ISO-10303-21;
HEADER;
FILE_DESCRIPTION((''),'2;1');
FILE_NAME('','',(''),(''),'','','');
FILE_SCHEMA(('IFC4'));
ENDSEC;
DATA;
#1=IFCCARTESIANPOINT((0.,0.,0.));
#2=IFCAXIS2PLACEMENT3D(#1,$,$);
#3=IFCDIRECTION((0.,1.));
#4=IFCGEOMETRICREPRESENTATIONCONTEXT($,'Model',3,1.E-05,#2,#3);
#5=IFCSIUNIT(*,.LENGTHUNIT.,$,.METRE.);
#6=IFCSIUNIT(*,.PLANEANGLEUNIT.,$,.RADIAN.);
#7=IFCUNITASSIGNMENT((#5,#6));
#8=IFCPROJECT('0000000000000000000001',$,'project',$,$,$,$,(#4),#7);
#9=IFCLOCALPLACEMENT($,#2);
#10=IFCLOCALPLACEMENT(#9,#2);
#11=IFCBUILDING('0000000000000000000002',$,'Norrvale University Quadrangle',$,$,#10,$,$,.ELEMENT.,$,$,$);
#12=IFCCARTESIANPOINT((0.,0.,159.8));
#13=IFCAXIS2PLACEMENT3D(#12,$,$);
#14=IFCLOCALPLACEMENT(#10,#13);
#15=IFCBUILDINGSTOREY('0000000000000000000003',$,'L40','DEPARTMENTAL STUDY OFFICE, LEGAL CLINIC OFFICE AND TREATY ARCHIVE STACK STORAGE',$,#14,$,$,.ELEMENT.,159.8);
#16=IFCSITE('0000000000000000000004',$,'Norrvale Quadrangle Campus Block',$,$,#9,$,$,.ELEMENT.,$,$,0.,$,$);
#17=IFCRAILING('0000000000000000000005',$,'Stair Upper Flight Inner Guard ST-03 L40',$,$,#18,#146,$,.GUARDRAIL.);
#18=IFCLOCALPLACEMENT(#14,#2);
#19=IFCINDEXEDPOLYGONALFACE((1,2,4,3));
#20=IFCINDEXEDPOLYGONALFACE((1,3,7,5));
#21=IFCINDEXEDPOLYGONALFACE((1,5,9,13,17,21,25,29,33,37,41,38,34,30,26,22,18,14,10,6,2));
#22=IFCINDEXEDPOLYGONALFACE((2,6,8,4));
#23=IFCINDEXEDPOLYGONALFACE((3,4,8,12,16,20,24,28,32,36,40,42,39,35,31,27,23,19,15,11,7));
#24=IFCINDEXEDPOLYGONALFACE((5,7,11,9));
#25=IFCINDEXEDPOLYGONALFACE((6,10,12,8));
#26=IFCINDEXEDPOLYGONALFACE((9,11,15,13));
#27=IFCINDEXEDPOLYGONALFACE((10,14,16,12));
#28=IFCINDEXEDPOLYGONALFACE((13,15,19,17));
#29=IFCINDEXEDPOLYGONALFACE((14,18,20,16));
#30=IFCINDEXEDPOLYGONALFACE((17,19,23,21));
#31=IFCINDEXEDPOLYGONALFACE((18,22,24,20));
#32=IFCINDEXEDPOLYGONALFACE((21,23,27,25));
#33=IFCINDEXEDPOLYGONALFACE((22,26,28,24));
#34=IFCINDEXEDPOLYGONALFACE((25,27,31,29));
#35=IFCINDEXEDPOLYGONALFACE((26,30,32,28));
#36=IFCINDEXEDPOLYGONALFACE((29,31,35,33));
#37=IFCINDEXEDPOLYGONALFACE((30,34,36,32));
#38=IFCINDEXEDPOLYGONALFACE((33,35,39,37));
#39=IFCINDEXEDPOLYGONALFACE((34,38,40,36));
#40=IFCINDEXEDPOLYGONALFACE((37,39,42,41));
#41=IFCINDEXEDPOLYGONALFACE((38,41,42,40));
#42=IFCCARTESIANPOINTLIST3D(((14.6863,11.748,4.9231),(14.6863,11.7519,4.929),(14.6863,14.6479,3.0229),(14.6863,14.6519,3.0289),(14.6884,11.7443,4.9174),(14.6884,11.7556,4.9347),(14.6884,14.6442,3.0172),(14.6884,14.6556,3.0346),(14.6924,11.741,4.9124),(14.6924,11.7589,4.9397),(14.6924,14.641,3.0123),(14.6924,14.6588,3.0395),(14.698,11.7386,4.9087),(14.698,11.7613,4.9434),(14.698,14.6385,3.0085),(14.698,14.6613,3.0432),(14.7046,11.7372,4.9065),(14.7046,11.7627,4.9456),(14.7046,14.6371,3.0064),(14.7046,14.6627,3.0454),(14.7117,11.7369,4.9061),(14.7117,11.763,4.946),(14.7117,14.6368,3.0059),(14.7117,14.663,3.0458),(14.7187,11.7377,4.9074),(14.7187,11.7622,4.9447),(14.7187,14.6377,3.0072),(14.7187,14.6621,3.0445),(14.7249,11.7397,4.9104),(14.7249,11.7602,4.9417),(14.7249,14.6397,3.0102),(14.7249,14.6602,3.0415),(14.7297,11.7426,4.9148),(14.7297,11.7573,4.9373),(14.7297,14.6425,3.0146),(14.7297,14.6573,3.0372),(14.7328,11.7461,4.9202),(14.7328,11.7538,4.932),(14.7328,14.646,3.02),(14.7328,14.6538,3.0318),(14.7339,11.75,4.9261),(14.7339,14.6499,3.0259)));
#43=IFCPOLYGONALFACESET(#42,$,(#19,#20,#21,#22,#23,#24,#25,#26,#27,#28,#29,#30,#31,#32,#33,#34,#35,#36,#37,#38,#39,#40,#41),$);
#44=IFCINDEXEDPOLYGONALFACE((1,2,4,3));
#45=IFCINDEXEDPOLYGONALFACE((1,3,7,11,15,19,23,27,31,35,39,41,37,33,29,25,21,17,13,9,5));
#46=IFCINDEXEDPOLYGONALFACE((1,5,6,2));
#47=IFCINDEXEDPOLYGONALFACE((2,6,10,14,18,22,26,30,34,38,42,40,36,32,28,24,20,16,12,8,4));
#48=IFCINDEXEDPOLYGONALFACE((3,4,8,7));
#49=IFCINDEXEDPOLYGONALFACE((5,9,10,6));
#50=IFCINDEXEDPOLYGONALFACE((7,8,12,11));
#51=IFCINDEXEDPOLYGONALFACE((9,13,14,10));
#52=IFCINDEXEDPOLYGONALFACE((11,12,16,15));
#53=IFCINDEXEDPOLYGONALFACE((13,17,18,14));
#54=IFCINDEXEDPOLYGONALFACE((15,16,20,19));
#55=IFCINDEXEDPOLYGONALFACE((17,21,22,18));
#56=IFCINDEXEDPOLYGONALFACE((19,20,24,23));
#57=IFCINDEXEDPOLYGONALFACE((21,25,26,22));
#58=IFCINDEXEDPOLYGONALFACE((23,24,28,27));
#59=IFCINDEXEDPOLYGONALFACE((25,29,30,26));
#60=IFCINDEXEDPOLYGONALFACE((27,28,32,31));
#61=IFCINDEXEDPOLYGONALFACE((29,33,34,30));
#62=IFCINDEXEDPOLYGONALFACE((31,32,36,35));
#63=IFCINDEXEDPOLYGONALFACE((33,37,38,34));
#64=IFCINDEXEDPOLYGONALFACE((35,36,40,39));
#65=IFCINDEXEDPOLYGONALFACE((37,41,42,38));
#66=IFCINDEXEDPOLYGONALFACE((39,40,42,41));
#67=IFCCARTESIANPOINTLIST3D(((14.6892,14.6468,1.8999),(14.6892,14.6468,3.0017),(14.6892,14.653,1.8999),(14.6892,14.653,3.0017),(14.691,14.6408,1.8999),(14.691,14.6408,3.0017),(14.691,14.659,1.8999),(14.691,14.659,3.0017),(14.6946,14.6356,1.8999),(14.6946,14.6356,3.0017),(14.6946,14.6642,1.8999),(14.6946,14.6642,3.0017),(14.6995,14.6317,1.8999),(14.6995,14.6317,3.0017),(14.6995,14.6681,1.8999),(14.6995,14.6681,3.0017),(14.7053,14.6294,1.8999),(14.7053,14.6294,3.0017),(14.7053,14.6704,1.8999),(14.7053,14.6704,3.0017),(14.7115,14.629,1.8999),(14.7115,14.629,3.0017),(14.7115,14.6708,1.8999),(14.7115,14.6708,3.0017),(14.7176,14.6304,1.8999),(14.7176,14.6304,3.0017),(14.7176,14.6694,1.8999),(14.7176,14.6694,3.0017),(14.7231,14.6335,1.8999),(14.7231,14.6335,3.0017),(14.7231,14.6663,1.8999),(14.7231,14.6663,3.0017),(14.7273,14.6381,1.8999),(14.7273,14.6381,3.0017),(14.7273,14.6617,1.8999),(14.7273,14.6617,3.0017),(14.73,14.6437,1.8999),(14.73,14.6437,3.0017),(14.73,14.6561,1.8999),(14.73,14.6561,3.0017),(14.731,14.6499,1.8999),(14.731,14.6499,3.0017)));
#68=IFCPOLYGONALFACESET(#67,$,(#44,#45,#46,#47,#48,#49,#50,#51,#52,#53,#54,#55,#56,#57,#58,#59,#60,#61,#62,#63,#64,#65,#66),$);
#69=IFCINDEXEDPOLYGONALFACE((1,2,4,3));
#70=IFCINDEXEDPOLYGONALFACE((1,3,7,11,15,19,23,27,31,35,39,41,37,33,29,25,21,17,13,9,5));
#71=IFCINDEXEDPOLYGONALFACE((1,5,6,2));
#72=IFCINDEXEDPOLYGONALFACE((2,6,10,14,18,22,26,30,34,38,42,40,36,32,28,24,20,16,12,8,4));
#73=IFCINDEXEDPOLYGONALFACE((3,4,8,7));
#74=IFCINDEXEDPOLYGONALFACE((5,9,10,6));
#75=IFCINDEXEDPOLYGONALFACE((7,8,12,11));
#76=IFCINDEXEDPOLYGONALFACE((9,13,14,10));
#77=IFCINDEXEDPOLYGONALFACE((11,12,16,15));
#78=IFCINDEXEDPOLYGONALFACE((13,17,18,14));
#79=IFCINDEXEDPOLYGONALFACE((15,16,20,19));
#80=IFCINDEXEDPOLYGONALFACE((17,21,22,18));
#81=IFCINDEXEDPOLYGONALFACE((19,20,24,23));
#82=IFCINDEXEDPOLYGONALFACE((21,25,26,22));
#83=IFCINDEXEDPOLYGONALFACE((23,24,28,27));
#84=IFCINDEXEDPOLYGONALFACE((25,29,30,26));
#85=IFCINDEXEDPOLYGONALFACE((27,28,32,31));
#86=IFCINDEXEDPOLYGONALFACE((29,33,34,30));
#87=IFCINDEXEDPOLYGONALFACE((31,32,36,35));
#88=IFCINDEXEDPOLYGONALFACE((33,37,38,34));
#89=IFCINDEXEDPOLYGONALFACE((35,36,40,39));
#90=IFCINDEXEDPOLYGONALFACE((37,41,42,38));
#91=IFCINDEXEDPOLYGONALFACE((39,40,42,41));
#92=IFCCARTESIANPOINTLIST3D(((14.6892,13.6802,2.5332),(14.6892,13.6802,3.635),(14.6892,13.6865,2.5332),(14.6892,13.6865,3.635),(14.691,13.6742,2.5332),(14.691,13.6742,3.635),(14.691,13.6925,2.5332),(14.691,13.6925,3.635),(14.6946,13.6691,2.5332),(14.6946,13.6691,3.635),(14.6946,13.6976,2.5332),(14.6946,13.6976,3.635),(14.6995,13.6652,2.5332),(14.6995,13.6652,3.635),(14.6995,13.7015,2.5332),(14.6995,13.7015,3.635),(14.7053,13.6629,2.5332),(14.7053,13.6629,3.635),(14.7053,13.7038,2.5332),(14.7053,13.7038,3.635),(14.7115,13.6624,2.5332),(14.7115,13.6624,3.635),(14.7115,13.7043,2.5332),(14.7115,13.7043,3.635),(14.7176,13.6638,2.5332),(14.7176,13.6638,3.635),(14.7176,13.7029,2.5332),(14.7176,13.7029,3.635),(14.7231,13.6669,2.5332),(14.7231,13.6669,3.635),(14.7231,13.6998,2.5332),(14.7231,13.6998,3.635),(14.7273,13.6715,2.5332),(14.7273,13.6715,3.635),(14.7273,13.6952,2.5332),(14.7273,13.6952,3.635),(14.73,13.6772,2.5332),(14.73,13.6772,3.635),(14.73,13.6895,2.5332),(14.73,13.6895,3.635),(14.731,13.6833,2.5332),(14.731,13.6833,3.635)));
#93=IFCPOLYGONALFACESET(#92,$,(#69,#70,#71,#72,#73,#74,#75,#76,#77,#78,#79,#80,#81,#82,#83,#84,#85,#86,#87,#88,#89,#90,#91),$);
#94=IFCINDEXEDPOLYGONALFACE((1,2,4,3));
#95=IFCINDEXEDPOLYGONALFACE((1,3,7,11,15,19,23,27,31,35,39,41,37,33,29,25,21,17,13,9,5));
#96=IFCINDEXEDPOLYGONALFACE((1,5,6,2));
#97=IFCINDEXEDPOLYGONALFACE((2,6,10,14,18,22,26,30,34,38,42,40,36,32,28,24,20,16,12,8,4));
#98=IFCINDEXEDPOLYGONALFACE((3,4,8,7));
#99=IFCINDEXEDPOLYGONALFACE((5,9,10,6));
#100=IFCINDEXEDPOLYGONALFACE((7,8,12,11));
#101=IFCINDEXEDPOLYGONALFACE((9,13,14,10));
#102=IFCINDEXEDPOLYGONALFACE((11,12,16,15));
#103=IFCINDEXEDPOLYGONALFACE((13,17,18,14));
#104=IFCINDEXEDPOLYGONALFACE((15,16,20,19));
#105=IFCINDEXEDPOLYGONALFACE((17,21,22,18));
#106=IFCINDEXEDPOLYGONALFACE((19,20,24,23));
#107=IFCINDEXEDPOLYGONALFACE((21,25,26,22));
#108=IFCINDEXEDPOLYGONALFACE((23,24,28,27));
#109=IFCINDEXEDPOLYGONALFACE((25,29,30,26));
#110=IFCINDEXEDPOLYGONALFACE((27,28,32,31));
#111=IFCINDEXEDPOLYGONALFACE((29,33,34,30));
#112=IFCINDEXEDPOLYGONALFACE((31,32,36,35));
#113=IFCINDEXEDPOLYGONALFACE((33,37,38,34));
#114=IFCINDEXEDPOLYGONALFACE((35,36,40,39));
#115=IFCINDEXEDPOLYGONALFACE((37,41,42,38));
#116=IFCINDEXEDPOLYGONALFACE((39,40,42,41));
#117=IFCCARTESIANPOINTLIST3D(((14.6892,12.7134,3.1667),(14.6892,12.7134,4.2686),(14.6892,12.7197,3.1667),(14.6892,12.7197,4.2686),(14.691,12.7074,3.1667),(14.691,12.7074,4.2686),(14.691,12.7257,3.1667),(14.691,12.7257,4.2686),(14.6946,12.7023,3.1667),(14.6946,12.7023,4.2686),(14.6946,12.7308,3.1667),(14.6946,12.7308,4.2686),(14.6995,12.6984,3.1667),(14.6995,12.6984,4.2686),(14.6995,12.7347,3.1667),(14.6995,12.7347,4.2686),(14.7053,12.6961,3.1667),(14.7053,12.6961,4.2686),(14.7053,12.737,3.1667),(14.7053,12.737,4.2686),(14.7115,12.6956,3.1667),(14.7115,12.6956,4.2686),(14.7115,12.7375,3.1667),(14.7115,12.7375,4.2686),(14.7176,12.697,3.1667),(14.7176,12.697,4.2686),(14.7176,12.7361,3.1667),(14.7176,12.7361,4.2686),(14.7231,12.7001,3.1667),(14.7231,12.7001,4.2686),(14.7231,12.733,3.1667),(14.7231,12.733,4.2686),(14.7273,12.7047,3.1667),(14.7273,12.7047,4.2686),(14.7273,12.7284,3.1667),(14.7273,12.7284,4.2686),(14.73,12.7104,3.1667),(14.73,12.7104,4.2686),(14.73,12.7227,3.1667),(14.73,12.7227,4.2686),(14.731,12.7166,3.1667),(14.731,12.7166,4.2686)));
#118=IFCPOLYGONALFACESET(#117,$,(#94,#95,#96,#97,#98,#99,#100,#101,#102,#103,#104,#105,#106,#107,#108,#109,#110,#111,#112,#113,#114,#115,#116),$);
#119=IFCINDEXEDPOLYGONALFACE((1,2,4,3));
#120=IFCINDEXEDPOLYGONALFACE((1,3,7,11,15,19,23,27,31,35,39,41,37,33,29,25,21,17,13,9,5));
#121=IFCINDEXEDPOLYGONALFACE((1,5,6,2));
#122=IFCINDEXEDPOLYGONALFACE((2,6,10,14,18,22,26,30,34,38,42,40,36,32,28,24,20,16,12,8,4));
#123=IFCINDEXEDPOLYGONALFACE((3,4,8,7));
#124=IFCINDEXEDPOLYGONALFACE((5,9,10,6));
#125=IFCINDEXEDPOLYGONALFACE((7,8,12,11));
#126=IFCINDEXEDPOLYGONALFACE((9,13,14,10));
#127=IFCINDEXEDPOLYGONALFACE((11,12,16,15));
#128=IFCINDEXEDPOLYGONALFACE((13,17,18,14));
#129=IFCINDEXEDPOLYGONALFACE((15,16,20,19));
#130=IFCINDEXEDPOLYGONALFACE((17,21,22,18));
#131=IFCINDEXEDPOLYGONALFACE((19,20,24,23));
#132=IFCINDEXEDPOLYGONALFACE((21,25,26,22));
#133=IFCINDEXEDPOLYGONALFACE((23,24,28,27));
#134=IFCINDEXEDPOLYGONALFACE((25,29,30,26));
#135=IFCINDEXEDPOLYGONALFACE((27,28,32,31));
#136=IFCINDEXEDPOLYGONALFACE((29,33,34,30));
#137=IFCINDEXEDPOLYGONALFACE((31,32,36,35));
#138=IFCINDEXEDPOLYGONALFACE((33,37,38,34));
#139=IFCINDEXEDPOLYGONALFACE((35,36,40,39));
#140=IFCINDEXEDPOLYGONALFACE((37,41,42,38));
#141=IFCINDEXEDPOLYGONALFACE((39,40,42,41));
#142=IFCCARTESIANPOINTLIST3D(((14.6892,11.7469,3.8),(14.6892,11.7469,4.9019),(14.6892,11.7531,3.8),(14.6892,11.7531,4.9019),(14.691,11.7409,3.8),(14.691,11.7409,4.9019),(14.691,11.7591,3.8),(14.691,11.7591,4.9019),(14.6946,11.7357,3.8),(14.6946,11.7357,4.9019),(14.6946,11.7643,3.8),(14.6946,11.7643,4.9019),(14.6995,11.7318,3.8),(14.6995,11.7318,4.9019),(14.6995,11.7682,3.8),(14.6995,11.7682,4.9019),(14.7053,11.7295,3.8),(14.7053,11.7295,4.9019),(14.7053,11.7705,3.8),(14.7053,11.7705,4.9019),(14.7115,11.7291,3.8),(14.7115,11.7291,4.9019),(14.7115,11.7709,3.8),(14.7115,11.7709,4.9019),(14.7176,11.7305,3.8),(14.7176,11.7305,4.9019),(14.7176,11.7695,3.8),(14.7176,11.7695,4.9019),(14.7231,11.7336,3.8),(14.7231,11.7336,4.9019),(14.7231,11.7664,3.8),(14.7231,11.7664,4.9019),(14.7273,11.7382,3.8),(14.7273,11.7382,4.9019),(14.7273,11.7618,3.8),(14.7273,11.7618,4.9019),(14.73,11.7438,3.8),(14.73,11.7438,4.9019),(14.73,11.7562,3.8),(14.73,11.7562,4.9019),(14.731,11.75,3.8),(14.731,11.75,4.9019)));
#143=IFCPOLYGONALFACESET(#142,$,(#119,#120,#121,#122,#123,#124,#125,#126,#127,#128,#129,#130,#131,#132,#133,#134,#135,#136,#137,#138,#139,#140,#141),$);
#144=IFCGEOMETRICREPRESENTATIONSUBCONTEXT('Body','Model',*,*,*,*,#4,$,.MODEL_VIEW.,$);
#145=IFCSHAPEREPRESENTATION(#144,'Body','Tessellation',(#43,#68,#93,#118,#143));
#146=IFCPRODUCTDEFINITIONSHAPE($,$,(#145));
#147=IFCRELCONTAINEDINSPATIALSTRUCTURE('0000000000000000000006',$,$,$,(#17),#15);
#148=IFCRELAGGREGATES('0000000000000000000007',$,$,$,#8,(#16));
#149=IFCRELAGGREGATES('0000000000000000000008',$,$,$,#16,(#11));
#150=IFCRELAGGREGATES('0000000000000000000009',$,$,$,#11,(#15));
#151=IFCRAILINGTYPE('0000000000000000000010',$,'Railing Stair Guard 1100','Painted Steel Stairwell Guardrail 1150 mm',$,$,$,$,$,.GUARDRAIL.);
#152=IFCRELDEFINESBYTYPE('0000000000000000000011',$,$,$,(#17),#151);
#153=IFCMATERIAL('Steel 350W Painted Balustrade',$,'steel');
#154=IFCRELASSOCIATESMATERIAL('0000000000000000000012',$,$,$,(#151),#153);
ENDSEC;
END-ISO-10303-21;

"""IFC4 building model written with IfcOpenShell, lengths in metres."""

from ifc_helpers import new_model, si_unit, direction, frame, origin, origin_2d, place, context, subcontext, project, spatial, circle, extrude, material, type_object, element, save


model = new_model("IFC4")

# Units and contexts
model_context = context("Model", 3, precision=1e-05, world=origin(), true_north=direction((0.0, 1.0)))
body_context = subcontext(model_context, "Body", "Model", "MODEL_VIEW")
ifc_project = project(units=[si_unit("LENGTHUNIT", "METRE"), si_unit("PLANEANGLEUNIT", "RADIAN")], contexts=[model_context])

# Site, building, storey
site_placement = place(None, origin())
site = spatial("IfcSite", under=ifc_project, at=site_placement, Name="Norrvale Quadrangle Campus Block", CompositionType="ELEMENT", RefElevation=0.0)
building_placement = place(site_placement, origin())
building = spatial("IfcBuilding", under=site, at=building_placement, Name="Norrvale University Quadrangle", CompositionType="ELEMENT")
storey_placement = place(building_placement, frame((0.0, 0.0, 159.8)))
storey = spatial("IfcBuildingStorey", under=building, at=storey_placement, Name="L40", Description="DEPARTMENTAL STUDY OFFICE, LEGAL CLINIC OFFICE AND TREATY ARCHIVE STACK STORAGE", CompositionType="ELEMENT", Elevation=159.8)

# Railing
ifc_material_1 = material(Name="Steel 350W Painted Balustrade", Category="steel")
railing_type_1 = type_object("IfcRailingType", Name="Railing Stair Guard 1100", Description="Painted Steel Stairwell Guardrail 1150 mm", PredefinedType="GUARDRAIL", material=ifc_material_1)
railing_1_placement = place(storey_placement, frame((14.71, 14.6499, 1.8999)))
element("IfcRailing", 1, at=railing_1_placement, inside=storey, type_object=railing_type_1, Name="Stair Upper Flight Inner Guard ST-03 L40", PredefinedType="GUARDRAIL", context=body_context, shape_type="SweptSolid", body=[
    extrude(circle(Radius=0.0239, at=origin_2d()), frame((0.0, 0.0, 1.126), z_axis=(0.0, -0.836433, 0.548069), x_axis=(1.0, 0.0, 0.0)), (0.0, 0.0, 1.0), 3.467),
    extrude(circle(Radius=0.021, at=origin_2d()), origin(), (0.0, 0.0, 1.0), 1.1018),
    extrude(circle(Radius=0.021, at=origin_2d()), frame((0.0, -0.9666, 0.6333)), (0.0, 0.0, 1.0), 1.1018),
    extrude(circle(Radius=0.021, at=origin_2d()), frame((0.0, -1.9333, 1.2668)), (0.0, 0.0, 1.0), 1.1018),
    extrude(circle(Radius=0.021, at=origin_2d()), frame((0.0, -2.8999, 1.9001)), (0.0, 0.0, 1.0), 1.1018),
])

save(model, "model.ifc")
